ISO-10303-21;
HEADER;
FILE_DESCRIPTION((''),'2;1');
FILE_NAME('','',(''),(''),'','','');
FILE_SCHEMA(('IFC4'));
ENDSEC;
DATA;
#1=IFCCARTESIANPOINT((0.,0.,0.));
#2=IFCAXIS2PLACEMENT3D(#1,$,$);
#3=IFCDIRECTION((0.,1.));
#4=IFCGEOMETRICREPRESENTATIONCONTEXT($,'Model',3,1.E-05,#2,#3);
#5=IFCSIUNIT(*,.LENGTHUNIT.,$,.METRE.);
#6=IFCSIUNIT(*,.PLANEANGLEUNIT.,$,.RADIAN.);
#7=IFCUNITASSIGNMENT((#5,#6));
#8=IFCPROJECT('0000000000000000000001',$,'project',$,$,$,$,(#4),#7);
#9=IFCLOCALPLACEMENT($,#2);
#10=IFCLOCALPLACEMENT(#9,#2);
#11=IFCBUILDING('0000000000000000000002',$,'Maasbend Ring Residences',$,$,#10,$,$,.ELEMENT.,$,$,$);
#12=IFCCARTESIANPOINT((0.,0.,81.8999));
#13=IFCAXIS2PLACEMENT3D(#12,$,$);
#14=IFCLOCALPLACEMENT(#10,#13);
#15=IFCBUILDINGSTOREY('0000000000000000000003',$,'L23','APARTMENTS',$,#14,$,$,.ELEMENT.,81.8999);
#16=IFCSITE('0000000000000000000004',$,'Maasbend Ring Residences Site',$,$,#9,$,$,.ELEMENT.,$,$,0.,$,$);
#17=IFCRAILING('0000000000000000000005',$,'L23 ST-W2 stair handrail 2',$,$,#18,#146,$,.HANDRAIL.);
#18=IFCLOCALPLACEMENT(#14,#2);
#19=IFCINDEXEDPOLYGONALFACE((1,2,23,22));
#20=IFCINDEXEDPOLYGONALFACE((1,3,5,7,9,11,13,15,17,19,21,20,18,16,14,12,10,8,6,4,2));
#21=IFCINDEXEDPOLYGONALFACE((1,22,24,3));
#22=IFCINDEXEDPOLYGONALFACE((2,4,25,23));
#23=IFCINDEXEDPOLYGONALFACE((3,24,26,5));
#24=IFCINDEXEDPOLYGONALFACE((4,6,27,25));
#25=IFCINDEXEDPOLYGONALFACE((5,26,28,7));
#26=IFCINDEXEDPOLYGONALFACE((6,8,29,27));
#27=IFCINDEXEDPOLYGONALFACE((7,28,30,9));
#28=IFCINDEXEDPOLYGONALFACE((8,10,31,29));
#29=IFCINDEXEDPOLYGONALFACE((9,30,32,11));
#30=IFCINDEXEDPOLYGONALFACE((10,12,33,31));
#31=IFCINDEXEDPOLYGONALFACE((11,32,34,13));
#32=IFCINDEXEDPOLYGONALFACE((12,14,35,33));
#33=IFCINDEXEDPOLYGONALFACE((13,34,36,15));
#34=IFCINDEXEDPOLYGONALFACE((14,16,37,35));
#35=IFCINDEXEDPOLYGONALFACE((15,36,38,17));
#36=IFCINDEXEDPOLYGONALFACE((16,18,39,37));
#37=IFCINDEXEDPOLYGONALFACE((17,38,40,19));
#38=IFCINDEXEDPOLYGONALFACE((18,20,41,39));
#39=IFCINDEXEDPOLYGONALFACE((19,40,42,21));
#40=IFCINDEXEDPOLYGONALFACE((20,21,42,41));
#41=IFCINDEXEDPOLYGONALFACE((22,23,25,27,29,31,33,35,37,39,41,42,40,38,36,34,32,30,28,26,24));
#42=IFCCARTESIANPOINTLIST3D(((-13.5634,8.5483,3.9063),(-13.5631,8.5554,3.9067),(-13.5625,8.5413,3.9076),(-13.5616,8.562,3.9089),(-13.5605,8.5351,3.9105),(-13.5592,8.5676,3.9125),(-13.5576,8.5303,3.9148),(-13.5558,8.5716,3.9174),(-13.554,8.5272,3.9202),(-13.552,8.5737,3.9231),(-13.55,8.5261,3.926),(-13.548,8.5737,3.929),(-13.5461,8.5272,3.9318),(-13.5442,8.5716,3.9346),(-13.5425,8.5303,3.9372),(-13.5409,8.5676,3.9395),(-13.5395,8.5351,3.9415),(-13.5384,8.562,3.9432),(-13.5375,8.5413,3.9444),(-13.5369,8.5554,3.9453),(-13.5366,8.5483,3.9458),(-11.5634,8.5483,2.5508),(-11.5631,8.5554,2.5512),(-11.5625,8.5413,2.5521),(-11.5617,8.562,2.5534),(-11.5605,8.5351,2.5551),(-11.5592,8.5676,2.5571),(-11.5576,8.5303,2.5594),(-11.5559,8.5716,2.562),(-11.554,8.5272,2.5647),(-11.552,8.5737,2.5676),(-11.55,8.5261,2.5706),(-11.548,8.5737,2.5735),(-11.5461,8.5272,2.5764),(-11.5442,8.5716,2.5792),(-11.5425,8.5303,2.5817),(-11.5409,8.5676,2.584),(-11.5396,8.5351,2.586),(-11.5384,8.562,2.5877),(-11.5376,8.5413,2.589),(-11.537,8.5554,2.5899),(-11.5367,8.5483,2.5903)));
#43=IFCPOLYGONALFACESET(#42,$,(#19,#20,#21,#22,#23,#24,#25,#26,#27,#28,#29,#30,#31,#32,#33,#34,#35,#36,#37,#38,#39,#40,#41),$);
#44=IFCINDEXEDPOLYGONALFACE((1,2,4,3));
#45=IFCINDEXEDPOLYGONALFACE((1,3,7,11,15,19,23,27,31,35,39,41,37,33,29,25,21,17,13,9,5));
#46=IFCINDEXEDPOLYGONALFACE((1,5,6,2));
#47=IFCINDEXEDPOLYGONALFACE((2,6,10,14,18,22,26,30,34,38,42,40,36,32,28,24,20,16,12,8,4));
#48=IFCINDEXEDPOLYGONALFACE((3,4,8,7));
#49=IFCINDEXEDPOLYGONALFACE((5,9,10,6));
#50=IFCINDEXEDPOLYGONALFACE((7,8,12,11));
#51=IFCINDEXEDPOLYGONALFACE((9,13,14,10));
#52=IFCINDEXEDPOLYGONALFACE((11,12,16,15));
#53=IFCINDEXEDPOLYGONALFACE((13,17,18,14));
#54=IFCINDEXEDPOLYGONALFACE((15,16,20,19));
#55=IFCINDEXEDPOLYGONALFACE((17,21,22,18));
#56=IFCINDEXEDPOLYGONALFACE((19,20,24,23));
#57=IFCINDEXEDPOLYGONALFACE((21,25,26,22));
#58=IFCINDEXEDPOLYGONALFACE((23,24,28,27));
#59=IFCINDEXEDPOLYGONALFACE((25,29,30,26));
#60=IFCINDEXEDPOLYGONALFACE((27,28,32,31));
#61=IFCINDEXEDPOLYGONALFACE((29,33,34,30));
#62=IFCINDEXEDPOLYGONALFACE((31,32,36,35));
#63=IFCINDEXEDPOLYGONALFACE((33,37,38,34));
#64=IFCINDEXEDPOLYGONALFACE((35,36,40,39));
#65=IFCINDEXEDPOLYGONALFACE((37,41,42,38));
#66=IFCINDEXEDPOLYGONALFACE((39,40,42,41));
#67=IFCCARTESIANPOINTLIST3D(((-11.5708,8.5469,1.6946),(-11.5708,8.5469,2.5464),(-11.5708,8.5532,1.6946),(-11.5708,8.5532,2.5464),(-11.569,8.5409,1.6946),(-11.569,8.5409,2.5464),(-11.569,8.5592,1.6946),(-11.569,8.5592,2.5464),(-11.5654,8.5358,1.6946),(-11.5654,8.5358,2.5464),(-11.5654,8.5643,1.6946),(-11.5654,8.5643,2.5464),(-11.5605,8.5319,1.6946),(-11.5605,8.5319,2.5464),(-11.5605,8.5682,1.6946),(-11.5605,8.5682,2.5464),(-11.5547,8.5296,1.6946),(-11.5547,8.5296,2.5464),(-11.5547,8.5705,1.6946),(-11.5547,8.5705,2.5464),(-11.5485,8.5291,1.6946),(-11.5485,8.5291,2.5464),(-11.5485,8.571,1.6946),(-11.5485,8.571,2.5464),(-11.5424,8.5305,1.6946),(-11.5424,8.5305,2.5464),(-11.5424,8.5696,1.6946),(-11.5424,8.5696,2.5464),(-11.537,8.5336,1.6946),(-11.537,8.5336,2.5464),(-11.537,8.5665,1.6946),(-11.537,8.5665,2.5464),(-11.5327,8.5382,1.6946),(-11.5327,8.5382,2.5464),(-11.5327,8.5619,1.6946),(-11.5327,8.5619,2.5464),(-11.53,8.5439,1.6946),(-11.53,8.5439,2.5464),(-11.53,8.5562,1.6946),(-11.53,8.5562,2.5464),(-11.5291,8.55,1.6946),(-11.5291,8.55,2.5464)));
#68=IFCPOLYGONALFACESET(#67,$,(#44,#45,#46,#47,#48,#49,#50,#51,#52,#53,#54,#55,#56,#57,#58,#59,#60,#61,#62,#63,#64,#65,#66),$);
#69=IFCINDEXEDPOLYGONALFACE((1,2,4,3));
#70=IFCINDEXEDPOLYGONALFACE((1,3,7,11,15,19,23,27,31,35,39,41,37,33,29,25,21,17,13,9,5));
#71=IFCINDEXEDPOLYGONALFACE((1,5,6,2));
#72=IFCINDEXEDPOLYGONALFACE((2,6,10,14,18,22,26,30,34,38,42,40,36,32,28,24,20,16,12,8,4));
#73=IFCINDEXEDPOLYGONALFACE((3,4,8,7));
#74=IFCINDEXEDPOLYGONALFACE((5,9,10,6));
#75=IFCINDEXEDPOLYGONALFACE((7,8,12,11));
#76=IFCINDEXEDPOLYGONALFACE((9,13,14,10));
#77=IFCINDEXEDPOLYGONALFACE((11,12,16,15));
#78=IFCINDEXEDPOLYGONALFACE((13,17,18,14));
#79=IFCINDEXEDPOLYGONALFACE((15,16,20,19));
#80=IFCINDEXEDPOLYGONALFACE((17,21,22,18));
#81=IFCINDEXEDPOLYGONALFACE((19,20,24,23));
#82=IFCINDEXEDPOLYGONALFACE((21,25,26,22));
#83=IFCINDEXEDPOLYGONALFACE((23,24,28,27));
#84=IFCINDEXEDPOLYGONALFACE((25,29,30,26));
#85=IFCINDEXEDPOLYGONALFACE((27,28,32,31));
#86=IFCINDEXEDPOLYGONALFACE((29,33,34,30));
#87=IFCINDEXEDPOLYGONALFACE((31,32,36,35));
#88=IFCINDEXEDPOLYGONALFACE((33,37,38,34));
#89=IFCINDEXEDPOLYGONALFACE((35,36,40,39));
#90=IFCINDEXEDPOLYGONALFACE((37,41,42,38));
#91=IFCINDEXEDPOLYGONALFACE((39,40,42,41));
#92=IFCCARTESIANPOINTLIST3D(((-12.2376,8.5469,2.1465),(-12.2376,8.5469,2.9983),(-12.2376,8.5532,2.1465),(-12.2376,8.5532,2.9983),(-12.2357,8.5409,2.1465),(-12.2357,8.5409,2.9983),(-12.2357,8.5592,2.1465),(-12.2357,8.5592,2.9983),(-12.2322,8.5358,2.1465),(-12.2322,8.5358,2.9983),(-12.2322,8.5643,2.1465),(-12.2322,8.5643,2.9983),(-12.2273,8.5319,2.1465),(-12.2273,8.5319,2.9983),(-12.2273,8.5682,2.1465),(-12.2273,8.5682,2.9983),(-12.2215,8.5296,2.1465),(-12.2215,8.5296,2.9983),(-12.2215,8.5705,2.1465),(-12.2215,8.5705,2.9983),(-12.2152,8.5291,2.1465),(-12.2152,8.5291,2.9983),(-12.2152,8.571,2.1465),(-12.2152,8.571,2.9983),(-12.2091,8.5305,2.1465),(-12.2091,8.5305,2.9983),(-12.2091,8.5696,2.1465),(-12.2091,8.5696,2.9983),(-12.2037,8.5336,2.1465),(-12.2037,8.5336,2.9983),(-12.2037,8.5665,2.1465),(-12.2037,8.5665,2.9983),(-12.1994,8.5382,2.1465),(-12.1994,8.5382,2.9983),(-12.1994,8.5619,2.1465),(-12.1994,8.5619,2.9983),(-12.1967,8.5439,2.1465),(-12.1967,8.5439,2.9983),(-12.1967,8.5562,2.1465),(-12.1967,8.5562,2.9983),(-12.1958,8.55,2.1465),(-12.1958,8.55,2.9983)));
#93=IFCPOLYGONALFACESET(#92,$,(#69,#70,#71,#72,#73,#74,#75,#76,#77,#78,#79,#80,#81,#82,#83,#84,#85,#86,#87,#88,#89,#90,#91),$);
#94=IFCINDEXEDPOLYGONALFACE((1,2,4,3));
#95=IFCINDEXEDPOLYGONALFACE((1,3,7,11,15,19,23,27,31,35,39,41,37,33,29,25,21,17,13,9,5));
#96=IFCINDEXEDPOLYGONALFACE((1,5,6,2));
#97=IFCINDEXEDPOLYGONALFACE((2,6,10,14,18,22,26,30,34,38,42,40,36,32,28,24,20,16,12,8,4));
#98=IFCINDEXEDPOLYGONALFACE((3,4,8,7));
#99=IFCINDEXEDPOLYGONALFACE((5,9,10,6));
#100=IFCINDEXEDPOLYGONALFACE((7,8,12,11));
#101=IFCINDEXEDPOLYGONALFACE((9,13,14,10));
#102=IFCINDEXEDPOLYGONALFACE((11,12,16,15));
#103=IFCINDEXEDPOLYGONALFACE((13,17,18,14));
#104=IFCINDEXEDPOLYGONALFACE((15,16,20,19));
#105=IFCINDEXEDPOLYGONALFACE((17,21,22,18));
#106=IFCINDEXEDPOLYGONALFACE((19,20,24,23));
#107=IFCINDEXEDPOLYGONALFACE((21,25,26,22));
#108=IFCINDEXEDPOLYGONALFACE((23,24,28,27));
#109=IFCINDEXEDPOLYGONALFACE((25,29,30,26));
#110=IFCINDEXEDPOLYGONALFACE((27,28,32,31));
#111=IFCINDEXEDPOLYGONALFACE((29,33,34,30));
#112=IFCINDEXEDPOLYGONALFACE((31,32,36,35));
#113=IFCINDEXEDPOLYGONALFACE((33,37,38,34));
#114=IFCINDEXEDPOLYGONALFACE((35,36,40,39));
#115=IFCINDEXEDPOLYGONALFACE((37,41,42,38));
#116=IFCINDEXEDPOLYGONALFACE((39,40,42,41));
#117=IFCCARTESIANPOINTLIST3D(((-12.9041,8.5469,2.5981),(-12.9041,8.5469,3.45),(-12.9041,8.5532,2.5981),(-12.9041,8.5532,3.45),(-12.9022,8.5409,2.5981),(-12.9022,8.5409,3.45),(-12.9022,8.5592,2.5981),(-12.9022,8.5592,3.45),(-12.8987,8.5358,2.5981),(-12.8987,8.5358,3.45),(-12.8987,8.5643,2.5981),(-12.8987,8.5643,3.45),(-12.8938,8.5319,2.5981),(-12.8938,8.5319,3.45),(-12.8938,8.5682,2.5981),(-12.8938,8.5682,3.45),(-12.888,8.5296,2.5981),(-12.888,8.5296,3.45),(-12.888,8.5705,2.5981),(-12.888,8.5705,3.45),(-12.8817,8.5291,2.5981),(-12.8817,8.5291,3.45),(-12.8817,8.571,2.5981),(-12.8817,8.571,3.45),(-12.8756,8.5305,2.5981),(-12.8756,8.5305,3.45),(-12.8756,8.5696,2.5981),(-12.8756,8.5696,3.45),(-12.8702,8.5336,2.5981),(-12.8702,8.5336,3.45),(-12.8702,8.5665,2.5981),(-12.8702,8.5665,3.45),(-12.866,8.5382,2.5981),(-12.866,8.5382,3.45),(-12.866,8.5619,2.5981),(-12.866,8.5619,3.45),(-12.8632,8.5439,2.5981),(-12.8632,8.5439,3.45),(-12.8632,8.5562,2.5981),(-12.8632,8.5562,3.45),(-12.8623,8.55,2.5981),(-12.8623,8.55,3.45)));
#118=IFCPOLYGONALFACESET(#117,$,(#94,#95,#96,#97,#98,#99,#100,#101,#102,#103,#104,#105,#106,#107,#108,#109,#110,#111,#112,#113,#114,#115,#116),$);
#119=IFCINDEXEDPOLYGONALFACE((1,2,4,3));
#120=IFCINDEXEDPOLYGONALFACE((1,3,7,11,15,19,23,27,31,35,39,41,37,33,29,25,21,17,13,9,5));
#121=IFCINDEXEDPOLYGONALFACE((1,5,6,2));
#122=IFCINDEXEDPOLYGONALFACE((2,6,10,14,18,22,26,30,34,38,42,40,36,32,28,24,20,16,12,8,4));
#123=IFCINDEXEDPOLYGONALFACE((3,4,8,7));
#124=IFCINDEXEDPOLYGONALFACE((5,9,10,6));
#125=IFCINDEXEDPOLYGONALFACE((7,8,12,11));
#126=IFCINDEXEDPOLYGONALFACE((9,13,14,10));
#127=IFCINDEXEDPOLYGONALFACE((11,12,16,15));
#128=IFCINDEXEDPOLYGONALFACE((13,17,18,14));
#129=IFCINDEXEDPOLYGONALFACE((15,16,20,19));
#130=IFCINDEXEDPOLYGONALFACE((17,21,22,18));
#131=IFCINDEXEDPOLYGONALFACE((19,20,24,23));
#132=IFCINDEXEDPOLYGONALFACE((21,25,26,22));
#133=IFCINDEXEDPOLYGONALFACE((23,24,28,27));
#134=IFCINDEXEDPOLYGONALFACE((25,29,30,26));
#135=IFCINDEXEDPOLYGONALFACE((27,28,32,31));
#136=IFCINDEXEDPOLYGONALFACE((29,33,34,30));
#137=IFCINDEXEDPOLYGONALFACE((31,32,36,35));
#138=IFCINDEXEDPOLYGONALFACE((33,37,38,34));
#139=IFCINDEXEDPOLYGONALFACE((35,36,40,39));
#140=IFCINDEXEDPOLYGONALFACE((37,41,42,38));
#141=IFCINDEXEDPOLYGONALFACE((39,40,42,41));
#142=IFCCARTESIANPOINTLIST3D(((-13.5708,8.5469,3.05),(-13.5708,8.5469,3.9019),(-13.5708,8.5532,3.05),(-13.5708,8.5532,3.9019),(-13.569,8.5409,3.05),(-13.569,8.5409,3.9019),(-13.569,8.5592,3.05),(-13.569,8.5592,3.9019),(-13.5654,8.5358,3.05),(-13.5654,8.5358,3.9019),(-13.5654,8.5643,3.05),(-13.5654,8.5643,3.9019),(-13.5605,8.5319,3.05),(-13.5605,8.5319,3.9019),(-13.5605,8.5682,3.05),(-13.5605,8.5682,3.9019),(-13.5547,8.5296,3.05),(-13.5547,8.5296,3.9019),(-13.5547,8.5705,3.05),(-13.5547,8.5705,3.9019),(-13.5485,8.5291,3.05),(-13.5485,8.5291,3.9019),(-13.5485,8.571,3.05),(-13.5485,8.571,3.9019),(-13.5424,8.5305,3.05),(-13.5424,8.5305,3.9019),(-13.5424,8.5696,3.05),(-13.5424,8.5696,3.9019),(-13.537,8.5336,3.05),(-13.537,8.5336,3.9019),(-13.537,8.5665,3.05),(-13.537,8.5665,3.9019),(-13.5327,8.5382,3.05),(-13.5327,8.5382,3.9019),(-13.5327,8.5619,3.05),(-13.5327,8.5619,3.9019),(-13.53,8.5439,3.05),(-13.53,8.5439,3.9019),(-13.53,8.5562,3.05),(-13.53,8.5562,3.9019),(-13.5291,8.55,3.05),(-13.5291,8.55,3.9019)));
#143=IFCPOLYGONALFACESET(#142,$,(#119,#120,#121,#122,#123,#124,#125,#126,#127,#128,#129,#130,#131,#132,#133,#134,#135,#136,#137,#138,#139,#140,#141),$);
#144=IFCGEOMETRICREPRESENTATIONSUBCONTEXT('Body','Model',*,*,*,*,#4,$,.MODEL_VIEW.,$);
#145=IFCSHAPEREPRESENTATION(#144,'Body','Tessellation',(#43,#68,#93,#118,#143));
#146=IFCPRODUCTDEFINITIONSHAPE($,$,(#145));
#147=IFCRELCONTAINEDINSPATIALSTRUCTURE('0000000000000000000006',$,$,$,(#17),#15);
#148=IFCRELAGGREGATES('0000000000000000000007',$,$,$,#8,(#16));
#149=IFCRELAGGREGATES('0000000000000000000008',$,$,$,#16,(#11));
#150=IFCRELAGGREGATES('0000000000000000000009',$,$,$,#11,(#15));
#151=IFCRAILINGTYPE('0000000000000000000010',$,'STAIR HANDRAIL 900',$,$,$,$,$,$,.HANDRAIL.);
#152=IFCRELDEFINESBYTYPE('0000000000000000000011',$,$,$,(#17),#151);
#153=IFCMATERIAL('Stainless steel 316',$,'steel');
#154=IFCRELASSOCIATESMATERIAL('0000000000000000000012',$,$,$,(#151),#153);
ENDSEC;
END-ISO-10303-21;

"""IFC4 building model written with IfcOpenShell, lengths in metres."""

from ifc_helpers import new_model, si_unit, direction, frame, origin, origin_2d, place, context, subcontext, project, spatial, circle, extrude, material, type_object, element, save


model = new_model("IFC4")

# Units and contexts
model_context = context("Model", 3, precision=1e-05, world=origin(), true_north=direction((0.0, 1.0)))
body_context = subcontext(model_context, "Body", "Model", "MODEL_VIEW")
ifc_project = project(units=[si_unit("LENGTHUNIT", "METRE"), si_unit("PLANEANGLEUNIT", "RADIAN")], contexts=[model_context])

# Site, building, storey
site_placement = place(None, origin())
site = spatial("IfcSite", under=ifc_project, at=site_placement, Name="Maasbend Ring Residences Site", CompositionType="ELEMENT", RefElevation=0.0)
building_placement = place(site_placement, origin())
building = spatial("IfcBuilding", under=site, at=building_placement, Name="Maasbend Ring Residences", CompositionType="ELEMENT")
storey_placement = place(building_placement, frame((0.0, 0.0, 81.8999)))
storey = spatial("IfcBuildingStorey", under=building, at=storey_placement, Name="L23", Description="APARTMENTS", CompositionType="ELEMENT", Elevation=81.8999)

# Railing
ifc_material_1 = material(Name="Stainless steel 316", Category="steel")
railing_type_1 = type_object("IfcRailingType", Name="STAIR HANDRAIL 900", PredefinedType="HANDRAIL", material=ifc_material_1)
railing_1_placement = place(storey_placement, frame((-11.55, 8.55, 1.6946)))
element("IfcRailing", 1, at=railing_1_placement, inside=storey, type_object=railing_type_1, Name="L23 ST-W2 stair handrail 2", PredefinedType="HANDRAIL", context=body_context, shape_type="SweptSolid", body=[
    extrude(circle(Radius=0.0239, at=origin_2d()), frame((0.0, 0.0, 0.876), z_axis=(-0.827798, 0.0, 0.561027), x_axis=(0.0, -1.0, 0.0)), (0.0, 0.0, 1.0), 2.416),
    extrude(circle(Radius=0.021, at=origin_2d()), origin(), (0.0, 0.0, 1.0), 0.8518),
    extrude(circle(Radius=0.021, at=origin_2d()), frame((-0.6667, 0.0, 0.4519)), (0.0, 0.0, 1.0), 0.8518),
    extrude(circle(Radius=0.021, at=origin_2d()), frame((-1.3333, 0.0, 0.9036)), (0.0, 0.0, 1.0), 0.8518),
    extrude(circle(Radius=0.021, at=origin_2d()), frame((-2.0, 0.0, 1.3555)), (0.0, 0.0, 1.0), 0.8518),
])

save(model, "model.ifc")
